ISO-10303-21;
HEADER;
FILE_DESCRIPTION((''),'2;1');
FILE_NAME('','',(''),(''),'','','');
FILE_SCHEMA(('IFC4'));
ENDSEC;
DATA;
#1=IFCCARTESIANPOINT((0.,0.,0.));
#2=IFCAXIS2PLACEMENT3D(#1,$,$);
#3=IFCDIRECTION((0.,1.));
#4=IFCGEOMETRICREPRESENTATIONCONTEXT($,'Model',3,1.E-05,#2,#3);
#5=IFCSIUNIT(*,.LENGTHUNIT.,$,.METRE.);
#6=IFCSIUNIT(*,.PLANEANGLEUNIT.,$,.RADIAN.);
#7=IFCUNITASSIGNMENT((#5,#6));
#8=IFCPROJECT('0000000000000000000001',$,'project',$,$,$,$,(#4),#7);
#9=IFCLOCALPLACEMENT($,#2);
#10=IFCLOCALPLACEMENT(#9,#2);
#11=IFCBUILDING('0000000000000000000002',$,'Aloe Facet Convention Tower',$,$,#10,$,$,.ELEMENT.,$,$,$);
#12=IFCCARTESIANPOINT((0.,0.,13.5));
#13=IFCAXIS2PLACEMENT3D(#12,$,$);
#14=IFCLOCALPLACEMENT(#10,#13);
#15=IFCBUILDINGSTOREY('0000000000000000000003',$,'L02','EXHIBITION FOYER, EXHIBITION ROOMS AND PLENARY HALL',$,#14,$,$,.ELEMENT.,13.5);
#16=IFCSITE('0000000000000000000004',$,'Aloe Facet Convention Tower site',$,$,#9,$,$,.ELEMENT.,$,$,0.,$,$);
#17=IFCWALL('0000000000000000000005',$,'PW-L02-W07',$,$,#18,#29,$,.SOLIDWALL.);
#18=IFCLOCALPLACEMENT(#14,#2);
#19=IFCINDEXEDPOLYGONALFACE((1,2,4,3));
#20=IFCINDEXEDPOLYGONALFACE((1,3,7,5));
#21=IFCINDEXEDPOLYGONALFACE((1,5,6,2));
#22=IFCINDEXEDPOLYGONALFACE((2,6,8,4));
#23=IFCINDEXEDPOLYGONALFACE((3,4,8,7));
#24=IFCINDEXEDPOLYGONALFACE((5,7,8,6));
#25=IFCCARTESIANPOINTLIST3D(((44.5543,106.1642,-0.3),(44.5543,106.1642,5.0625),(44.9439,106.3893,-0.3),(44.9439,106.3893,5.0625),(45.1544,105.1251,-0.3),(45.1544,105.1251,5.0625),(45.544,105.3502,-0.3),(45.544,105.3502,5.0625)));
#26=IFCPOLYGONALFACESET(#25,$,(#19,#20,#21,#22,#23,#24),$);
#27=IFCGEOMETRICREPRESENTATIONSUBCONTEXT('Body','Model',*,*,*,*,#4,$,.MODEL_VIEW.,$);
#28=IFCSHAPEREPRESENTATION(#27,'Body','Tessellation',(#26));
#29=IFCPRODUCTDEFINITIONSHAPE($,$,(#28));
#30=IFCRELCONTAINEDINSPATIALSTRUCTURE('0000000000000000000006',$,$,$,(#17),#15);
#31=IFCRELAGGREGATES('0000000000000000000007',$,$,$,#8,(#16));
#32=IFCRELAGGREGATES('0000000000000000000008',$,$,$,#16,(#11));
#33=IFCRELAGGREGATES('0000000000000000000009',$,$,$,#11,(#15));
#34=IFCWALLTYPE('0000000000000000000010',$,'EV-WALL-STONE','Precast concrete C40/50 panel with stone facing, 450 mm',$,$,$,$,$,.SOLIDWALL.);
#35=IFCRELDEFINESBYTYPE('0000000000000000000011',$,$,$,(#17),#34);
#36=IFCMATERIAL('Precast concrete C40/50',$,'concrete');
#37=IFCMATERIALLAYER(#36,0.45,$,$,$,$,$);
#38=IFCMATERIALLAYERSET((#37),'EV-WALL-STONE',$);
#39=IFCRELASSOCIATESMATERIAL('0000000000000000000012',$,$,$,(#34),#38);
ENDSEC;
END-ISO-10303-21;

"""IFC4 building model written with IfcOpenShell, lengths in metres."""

from ifc_helpers import new_model, si_unit, direction, frame, frame_2d, origin, place, context, subcontext, project, spatial, rectangle, extrude, material, layer, layer_set, type_object, element, save


model = new_model("IFC4")

# Units and contexts
model_context = context("Model", 3, precision=1e-05, world=origin(), true_north=direction((0.0, 1.0)))
body_context = subcontext(model_context, "Body", "Model", "MODEL_VIEW")
ifc_project = project(units=[si_unit("LENGTHUNIT", "METRE"), si_unit("PLANEANGLEUNIT", "RADIAN")], contexts=[model_context])

# Site, building, storey
site_placement = place(None, origin())
site = spatial("IfcSite", under=ifc_project, at=site_placement, Name="Aloe Facet Convention Tower site", CompositionType="ELEMENT", RefElevation=0.0)
building_placement = place(site_placement, origin())
building = spatial("IfcBuilding", under=site, at=building_placement, Name="Aloe Facet Convention Tower", CompositionType="ELEMENT")
storey_placement = place(building_placement, frame((0.0, 0.0, 13.5)))
storey = spatial("IfcBuildingStorey", under=building, at=storey_placement, Name="L02", Description="EXHIBITION FOYER, EXHIBITION ROOMS AND PLENARY HALL", CompositionType="ELEMENT", Elevation=13.5)

# Wall
ifc_material_1 = material(Name="Precast concrete C40/50", Category="concrete")
ifc_layer_1 = layer(ifc_material_1, 0.45)
ifc_layer_set_1 = layer_set([ifc_layer_1], Name="EV-WALL-STONE")
wall_type = type_object("IfcWallType", Name="EV-WALL-STONE", Description="Precast concrete C40/50 panel with stone facing, 450 mm", PredefinedType="SOLIDWALL", material=ifc_layer_set_1)
wall_placement = place(storey_placement, frame((44.749, 106.2769, -0.3), z_axis=(0.0, 0.0, 1.0), x_axis=(0.500122, -0.865955, 0.0)))
element("IfcWall", 1, at=wall_placement, inside=storey, type_object=wall_type, Name="PW-L02-W07", PredefinedType="SOLIDWALL", context=body_context, shape_type="SweptSolid", body=[
    extrude(rectangle(XDim=1.2, YDim=0.45, at=frame_2d((0.6001, 0.0))), origin(), (0.0, 0.0, 1.0), 5.3625),
])

save(model, "model.ifc")
